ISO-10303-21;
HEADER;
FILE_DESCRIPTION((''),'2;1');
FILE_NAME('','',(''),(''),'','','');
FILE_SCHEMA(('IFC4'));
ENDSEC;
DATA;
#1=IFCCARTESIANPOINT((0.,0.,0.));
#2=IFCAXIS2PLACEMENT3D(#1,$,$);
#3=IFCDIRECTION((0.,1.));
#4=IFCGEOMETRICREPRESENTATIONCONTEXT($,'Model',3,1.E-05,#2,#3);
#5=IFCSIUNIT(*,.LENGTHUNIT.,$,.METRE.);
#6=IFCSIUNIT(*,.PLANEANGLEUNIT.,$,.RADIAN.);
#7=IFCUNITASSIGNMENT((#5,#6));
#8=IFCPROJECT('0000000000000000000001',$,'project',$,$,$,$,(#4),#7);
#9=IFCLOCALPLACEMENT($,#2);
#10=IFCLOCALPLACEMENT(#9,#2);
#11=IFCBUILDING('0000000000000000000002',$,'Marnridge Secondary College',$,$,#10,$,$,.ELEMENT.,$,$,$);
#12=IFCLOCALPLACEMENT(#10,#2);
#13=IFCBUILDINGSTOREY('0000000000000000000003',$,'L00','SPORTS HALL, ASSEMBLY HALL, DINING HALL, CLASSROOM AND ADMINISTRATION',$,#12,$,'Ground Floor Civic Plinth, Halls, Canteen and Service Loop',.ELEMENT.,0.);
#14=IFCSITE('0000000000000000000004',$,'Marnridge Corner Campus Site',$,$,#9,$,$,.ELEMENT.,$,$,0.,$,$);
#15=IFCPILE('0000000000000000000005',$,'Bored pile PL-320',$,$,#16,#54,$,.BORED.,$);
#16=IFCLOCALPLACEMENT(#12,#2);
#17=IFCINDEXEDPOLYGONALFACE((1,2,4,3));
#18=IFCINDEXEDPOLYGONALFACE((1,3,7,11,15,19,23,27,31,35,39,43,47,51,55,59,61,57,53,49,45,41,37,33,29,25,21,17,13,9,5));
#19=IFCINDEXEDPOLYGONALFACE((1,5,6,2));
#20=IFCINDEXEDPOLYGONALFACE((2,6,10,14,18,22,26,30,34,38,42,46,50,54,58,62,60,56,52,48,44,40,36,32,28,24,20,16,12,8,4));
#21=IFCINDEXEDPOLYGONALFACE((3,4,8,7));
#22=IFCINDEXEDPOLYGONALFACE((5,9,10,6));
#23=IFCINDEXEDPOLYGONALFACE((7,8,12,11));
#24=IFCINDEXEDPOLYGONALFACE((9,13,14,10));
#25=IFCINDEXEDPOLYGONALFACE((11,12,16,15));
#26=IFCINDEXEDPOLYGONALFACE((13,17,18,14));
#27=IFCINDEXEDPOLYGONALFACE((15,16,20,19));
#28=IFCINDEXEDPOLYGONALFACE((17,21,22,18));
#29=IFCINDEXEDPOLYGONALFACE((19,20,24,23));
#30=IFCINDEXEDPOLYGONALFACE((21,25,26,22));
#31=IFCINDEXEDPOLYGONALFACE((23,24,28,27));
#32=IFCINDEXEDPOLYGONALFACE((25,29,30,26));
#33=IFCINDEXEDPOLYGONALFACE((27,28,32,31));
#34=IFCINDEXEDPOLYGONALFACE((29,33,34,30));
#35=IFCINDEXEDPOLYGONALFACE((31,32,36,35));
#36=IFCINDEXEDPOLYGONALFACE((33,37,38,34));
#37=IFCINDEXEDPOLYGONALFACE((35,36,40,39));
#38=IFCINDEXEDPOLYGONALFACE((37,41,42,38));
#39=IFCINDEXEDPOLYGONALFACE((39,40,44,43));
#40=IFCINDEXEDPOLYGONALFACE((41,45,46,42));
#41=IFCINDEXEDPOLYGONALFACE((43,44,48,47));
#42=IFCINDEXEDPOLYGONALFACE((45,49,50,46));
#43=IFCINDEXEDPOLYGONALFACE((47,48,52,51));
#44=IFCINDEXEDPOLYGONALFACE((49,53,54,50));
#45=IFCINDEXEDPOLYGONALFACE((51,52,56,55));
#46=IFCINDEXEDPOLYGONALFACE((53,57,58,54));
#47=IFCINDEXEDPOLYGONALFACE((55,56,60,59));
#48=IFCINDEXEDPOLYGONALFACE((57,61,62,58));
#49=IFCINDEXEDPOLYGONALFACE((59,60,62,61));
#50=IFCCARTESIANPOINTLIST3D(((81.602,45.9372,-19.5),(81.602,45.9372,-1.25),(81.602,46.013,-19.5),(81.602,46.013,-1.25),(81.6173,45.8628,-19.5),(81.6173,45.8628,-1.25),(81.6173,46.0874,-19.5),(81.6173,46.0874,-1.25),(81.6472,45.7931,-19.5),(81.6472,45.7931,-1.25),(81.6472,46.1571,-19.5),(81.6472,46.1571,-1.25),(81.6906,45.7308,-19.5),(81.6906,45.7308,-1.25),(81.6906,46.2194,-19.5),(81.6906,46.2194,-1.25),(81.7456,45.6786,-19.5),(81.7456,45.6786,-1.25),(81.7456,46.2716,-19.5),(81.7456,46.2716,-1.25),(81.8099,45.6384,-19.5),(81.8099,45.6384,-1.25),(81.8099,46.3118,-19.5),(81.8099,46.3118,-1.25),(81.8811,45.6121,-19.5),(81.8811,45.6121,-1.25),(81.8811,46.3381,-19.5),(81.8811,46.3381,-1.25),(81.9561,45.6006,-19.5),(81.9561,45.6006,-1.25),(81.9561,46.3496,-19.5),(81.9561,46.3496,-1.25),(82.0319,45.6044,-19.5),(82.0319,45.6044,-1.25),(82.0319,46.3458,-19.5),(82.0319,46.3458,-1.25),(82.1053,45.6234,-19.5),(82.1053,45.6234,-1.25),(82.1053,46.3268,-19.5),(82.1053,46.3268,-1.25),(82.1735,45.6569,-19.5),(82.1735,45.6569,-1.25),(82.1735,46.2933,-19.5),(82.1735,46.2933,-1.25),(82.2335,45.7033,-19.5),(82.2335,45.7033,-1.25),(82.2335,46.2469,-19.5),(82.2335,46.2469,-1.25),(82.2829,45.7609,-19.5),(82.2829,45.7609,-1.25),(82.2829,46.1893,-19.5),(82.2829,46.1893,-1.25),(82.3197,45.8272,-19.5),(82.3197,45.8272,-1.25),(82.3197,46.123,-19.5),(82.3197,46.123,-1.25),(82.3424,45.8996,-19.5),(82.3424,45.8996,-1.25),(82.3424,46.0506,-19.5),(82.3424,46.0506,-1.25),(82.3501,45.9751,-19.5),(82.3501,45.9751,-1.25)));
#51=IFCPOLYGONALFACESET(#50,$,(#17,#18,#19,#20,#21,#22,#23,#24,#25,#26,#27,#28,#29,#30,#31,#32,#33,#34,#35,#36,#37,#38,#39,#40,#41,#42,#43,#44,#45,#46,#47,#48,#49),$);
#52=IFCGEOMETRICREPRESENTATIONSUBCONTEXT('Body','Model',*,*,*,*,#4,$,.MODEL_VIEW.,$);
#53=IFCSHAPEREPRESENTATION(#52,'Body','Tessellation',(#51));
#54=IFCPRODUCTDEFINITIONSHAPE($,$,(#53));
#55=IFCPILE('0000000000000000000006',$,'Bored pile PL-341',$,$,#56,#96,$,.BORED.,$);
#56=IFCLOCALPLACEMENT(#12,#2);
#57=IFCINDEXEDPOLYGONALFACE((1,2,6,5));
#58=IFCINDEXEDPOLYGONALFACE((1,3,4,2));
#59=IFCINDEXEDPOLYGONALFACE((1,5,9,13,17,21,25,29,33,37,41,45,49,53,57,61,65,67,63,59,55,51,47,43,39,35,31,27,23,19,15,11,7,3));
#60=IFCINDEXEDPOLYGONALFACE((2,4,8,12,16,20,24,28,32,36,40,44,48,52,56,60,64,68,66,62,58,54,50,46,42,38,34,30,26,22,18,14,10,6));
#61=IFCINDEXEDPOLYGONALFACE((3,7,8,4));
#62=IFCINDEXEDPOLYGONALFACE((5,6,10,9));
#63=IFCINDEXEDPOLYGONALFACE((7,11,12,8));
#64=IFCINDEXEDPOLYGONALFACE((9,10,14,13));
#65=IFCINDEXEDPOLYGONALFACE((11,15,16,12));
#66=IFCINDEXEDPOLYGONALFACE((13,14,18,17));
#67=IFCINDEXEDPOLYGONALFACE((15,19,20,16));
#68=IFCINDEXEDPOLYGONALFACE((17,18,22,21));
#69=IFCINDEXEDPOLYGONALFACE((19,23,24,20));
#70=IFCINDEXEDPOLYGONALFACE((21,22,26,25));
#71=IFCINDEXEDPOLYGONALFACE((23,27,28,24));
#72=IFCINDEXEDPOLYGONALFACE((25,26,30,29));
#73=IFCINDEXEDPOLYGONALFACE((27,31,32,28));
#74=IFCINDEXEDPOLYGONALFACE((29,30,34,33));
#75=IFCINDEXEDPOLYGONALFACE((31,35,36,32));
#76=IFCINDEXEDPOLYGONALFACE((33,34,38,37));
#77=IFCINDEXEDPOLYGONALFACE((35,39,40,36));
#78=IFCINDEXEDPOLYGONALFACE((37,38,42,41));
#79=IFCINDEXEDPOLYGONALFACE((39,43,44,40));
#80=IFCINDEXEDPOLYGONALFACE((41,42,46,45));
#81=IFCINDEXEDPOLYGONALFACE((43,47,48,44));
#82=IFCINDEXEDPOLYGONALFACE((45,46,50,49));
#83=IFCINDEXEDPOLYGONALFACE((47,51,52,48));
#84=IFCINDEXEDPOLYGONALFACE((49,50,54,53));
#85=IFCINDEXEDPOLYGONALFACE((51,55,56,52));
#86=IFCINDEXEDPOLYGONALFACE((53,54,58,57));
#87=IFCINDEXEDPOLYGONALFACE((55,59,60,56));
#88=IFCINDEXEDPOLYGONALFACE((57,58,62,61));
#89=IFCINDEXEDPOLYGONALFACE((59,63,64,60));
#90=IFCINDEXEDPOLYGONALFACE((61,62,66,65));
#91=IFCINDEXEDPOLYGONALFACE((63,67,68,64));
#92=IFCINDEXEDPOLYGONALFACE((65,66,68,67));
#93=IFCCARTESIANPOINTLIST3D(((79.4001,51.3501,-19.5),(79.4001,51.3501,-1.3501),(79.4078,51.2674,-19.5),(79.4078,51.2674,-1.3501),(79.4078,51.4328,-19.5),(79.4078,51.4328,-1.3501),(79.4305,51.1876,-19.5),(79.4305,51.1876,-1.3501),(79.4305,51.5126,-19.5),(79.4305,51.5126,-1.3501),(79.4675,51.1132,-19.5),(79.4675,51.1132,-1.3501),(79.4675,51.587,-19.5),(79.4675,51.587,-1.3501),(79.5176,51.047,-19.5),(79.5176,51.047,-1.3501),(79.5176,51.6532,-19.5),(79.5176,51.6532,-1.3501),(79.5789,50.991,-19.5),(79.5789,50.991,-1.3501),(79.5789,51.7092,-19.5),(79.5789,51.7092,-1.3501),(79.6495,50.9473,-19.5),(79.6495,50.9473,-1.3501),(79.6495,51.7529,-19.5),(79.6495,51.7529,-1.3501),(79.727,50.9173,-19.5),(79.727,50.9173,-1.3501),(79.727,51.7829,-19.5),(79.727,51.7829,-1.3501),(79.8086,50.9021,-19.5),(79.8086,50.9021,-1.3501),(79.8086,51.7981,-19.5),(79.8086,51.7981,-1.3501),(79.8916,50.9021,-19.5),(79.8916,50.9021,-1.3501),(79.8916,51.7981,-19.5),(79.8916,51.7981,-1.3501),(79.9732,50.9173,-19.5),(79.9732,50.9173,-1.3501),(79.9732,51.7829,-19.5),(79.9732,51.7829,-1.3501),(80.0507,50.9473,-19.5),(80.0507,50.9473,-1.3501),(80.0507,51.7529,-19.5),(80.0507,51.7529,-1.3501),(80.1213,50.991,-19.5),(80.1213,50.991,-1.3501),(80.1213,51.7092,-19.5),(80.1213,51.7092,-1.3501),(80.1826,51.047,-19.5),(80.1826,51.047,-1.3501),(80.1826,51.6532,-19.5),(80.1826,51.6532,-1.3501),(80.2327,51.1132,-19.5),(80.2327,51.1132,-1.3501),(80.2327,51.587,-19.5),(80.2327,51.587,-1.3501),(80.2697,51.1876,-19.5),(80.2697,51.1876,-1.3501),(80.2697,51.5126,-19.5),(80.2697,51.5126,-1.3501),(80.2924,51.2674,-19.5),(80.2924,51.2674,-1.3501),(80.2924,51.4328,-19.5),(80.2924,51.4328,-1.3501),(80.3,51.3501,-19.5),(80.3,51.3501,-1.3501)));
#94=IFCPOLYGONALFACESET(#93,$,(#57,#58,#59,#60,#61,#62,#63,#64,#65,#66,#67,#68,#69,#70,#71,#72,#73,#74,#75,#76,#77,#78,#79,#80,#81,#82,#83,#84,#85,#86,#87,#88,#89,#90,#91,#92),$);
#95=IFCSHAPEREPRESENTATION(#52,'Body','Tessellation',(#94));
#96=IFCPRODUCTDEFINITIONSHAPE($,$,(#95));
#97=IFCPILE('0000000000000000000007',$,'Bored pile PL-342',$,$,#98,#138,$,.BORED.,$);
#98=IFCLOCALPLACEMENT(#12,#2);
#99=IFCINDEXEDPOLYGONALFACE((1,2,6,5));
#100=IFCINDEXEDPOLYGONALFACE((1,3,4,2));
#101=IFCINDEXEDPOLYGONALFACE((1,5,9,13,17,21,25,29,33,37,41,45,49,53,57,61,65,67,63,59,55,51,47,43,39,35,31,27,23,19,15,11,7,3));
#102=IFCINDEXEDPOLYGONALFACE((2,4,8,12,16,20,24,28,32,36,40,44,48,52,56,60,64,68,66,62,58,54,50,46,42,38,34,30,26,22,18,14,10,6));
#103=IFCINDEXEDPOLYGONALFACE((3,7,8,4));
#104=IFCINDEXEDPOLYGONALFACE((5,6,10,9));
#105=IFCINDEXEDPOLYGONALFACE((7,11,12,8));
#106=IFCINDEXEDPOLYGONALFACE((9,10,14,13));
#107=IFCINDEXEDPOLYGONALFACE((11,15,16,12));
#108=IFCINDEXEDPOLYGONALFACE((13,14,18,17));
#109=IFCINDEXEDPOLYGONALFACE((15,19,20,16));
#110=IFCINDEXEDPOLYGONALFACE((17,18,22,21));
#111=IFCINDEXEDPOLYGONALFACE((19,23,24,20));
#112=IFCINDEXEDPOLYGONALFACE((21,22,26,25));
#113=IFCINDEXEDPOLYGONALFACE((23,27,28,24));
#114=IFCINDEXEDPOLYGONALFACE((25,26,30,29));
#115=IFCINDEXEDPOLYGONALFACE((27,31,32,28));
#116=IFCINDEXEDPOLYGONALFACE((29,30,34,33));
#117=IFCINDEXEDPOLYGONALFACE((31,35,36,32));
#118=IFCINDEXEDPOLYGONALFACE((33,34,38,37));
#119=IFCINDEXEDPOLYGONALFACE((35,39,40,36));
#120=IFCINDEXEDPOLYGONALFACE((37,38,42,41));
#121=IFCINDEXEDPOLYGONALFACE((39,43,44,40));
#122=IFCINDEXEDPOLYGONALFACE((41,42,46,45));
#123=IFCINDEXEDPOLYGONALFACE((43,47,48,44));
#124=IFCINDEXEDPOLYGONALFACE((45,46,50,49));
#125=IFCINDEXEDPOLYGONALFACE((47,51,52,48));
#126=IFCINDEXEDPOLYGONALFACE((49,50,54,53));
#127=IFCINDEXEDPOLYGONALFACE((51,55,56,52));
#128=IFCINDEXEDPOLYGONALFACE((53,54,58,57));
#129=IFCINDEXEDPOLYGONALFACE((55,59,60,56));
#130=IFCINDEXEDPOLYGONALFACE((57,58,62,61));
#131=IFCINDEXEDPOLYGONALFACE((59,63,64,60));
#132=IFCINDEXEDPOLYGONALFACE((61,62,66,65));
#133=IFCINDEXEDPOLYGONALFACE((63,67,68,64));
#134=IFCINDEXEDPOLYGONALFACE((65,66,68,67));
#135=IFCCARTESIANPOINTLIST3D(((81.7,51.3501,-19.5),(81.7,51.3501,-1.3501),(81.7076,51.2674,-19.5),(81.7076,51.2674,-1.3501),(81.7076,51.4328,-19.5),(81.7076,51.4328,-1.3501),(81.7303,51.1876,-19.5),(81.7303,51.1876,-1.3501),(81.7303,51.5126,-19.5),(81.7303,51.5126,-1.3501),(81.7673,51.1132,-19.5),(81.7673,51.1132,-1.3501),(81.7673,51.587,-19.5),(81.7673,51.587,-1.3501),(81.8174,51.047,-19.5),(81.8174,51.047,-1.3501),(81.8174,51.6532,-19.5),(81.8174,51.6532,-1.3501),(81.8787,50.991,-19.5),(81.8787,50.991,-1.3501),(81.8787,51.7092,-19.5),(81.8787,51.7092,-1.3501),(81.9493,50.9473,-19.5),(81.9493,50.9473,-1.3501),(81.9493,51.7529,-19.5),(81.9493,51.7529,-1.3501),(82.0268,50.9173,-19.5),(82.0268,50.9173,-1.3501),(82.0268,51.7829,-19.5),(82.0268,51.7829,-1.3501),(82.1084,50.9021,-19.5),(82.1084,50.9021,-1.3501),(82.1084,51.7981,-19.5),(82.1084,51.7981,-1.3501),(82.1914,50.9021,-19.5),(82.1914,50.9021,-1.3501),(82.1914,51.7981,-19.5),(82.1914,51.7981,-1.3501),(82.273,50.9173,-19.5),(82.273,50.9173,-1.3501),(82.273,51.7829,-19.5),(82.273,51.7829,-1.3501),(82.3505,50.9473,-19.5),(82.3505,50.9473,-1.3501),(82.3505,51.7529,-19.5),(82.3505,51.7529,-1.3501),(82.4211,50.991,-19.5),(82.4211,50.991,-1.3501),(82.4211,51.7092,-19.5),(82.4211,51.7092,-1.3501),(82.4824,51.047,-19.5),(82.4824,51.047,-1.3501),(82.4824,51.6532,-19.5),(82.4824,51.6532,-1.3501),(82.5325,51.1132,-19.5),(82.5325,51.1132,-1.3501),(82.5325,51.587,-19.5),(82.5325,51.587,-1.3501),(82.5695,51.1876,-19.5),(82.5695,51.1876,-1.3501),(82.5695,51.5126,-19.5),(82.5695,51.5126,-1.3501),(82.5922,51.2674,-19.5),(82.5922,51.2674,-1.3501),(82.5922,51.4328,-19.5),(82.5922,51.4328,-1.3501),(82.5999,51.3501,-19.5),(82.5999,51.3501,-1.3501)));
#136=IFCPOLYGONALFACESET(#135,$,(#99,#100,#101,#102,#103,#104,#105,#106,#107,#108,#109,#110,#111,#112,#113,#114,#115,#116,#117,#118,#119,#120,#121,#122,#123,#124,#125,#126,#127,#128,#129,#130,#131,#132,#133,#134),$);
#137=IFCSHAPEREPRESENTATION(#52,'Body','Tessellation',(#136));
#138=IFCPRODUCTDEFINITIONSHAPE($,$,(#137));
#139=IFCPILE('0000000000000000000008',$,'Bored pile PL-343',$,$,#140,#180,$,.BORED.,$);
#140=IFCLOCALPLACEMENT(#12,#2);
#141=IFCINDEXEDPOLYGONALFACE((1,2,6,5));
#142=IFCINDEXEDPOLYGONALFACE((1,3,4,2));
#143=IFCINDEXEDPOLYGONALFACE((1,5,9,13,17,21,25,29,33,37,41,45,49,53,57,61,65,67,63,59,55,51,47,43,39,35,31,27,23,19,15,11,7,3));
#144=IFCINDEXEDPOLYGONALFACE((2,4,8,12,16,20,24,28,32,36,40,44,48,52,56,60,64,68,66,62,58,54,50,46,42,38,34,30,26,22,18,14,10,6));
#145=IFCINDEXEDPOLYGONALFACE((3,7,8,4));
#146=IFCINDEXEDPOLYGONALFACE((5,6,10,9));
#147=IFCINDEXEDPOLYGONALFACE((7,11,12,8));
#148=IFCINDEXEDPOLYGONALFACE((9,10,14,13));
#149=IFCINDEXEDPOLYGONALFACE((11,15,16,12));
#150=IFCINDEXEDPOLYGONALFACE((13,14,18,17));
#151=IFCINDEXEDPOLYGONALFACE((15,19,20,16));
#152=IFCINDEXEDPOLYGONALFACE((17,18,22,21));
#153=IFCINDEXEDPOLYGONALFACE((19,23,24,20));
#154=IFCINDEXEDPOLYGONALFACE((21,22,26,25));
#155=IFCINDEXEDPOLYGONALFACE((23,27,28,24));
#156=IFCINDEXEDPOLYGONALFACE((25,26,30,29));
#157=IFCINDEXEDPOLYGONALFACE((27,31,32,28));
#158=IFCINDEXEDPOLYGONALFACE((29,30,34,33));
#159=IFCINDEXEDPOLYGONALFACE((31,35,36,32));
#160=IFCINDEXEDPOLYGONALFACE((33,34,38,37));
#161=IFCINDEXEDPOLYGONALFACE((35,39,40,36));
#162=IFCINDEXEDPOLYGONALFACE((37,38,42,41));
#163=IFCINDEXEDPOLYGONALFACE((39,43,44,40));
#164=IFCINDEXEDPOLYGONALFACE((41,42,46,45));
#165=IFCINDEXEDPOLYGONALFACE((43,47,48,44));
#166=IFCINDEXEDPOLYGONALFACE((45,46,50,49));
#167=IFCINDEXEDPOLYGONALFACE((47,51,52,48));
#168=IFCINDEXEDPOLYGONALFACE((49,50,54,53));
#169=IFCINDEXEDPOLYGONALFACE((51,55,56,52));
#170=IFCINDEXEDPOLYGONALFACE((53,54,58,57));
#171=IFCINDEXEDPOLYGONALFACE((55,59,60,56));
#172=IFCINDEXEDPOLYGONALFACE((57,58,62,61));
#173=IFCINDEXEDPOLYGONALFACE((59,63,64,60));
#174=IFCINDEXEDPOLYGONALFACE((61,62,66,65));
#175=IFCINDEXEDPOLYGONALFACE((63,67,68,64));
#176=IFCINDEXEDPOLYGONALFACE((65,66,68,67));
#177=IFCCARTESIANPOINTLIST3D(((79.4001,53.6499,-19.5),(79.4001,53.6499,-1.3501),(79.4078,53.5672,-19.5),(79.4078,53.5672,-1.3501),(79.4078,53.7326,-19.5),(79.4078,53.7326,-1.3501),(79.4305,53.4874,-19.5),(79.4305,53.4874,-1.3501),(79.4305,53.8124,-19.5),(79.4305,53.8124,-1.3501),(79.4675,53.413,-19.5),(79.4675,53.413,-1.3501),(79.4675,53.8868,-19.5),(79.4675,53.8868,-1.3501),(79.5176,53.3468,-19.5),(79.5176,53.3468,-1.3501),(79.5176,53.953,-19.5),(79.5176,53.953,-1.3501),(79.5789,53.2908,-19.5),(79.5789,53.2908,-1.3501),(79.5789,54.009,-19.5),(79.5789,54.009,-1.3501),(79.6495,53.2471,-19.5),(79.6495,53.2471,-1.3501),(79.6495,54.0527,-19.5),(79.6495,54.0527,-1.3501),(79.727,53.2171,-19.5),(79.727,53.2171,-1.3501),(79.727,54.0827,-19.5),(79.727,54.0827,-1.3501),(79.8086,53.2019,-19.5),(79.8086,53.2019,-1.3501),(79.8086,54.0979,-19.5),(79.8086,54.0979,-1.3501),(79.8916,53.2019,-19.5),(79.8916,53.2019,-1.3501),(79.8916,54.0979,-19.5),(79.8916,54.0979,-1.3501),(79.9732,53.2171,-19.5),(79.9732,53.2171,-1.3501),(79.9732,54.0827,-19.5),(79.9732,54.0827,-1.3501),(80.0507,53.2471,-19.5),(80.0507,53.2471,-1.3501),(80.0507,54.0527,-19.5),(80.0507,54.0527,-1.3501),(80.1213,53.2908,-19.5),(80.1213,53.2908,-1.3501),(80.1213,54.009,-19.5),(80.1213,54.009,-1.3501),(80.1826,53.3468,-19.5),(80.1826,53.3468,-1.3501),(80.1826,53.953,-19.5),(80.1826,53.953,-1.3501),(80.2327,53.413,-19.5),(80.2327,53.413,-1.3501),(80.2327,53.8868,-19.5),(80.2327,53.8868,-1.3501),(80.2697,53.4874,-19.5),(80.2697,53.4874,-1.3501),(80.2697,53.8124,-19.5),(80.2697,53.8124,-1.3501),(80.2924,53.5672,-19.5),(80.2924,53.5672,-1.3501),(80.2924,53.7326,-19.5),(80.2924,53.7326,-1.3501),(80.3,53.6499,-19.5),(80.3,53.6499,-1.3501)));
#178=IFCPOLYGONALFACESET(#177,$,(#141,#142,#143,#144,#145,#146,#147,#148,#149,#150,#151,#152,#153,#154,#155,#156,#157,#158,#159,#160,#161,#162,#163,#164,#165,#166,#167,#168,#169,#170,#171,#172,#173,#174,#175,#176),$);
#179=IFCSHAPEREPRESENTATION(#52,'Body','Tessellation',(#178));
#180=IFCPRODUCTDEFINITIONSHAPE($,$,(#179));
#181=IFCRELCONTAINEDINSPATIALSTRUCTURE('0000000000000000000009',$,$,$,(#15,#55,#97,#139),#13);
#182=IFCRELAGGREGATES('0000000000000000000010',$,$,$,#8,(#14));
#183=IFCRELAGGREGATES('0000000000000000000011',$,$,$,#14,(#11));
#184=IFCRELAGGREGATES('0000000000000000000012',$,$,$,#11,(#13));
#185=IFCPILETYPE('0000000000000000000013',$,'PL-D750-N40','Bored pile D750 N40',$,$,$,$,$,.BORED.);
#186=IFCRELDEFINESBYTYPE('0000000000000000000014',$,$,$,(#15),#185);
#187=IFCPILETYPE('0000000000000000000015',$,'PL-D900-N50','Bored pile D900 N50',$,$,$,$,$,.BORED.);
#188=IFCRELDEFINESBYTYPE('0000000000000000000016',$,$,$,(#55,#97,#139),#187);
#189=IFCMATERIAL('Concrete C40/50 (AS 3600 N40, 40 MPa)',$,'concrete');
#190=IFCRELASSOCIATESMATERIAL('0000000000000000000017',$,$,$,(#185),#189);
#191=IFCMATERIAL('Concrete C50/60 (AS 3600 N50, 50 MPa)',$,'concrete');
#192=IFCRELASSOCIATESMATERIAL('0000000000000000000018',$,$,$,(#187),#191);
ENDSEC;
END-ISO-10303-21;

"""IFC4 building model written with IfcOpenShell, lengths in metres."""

from ifc_helpers import new_model, si_unit, direction, frame, origin, origin_2d, place, context, subcontext, project, spatial, circle, extrude, material, material_profile, profile_set, type_object, element, save


model = new_model("IFC4")

# Units and contexts
model_context = context("Model", 3, precision=1e-05, world=origin(), true_north=direction((0.0, 1.0)))
body_context = subcontext(model_context, "Body", "Model", "MODEL_VIEW")
ifc_project = project(units=[si_unit("LENGTHUNIT", "METRE"), si_unit("PLANEANGLEUNIT", "RADIAN")], contexts=[model_context])

# Site, building, storey
site_placement = place(None, origin())
site = spatial("IfcSite", under=ifc_project, at=site_placement, Name="Marnridge Corner Campus Site", CompositionType="ELEMENT", RefElevation=0.0)
building_placement = place(site_placement, origin())
building = spatial("IfcBuilding", under=site, at=building_placement, Name="Marnridge Secondary College", CompositionType="ELEMENT")
storey_placement = place(building_placement, origin())
storey = spatial("IfcBuildingStorey", under=building, at=storey_placement, Name="L00", Description="SPORTS HALL, ASSEMBLY HALL, DINING HALL, CLASSROOM AND ADMINISTRATION", LongName="Ground Floor Civic Plinth, Halls, Canteen and Service Loop", CompositionType="ELEMENT", Elevation=0.0)

# Piles
ifc_material_1 = material(Name="Concrete C40/50 (AS 3600 N40, 40 MPa)", Category="concrete")
ifc_material_profile_1 = material_profile(ifc_material_1, circle(Radius=0.375, at=origin_2d()), Name="PILE D750")
ifc_profile_set_1 = profile_set([ifc_material_profile_1], Name="Concrete C40/50 (AS 3600 N40, 40 MPa)")
pile_type_1 = type_object("IfcPileType", Name="PL-D750-N40", Description="Bored pile D750 N40", PredefinedType="BORED", material=ifc_profile_set_1)
for number, where, z_axis, x_axis, name in (
    (1, (81.9751, 45.9751, -1.25), (0.0, 0.0, -1.0), (1.0, 0.0, 0.0), "Bored pile PL-320"),
):
    element("IfcPile", number, at=place(storey_placement, frame(where, z_axis=z_axis, x_axis=x_axis)), inside=storey, type_object=pile_type_1, Name=name, PredefinedType="BORED", context=body_context, shape_type="SweptSolid", body=[
        extrude(circle(Radius=0.375, at=origin_2d()), origin(), (0.0, 0.0, 1.0), 18.25),
    ])
ifc_material_2 = material(Name="Concrete C50/60 (AS 3600 N50, 50 MPa)", Category="concrete")
ifc_material_profile_2 = material_profile(ifc_material_2, circle(Radius=0.45, at=origin_2d()), Name="PILE D900")
ifc_profile_set_2 = profile_set([ifc_material_profile_2], Name="Concrete C50/60 (AS 3600 N50, 50 MPa)")
pile_type_2 = type_object("IfcPileType", Name="PL-D900-N50", Description="Bored pile D900 N50", PredefinedType="BORED", material=ifc_profile_set_2)
for number, where, z_axis, x_axis, name in (
    (2, (79.8501, 51.3501, -1.3501), (0.0, 0.0, -1.0), (1.0, 0.0, 0.0), "Bored pile PL-341"),
    (3, (82.1499, 51.3501, -1.3501), (0.0, 0.0, -1.0), (1.0, 0.0, 0.0), "Bored pile PL-342"),
    (4, (79.8501, 53.6499, -1.3501), (0.0, 0.0, -1.0), (1.0, 0.0, 0.0), "Bored pile PL-343"),
):
    element("IfcPile", number, at=place(storey_placement, frame(where, z_axis=z_axis, x_axis=x_axis)), inside=storey, type_object=pile_type_2, Name=name, PredefinedType="BORED", context=body_context, shape_type="SweptSolid", body=[
        extrude(circle(Radius=0.45, at=origin_2d()), origin(), (0.0, 0.0, 1.0), 18.1499),
    ])

save(model, "model.ifc")
